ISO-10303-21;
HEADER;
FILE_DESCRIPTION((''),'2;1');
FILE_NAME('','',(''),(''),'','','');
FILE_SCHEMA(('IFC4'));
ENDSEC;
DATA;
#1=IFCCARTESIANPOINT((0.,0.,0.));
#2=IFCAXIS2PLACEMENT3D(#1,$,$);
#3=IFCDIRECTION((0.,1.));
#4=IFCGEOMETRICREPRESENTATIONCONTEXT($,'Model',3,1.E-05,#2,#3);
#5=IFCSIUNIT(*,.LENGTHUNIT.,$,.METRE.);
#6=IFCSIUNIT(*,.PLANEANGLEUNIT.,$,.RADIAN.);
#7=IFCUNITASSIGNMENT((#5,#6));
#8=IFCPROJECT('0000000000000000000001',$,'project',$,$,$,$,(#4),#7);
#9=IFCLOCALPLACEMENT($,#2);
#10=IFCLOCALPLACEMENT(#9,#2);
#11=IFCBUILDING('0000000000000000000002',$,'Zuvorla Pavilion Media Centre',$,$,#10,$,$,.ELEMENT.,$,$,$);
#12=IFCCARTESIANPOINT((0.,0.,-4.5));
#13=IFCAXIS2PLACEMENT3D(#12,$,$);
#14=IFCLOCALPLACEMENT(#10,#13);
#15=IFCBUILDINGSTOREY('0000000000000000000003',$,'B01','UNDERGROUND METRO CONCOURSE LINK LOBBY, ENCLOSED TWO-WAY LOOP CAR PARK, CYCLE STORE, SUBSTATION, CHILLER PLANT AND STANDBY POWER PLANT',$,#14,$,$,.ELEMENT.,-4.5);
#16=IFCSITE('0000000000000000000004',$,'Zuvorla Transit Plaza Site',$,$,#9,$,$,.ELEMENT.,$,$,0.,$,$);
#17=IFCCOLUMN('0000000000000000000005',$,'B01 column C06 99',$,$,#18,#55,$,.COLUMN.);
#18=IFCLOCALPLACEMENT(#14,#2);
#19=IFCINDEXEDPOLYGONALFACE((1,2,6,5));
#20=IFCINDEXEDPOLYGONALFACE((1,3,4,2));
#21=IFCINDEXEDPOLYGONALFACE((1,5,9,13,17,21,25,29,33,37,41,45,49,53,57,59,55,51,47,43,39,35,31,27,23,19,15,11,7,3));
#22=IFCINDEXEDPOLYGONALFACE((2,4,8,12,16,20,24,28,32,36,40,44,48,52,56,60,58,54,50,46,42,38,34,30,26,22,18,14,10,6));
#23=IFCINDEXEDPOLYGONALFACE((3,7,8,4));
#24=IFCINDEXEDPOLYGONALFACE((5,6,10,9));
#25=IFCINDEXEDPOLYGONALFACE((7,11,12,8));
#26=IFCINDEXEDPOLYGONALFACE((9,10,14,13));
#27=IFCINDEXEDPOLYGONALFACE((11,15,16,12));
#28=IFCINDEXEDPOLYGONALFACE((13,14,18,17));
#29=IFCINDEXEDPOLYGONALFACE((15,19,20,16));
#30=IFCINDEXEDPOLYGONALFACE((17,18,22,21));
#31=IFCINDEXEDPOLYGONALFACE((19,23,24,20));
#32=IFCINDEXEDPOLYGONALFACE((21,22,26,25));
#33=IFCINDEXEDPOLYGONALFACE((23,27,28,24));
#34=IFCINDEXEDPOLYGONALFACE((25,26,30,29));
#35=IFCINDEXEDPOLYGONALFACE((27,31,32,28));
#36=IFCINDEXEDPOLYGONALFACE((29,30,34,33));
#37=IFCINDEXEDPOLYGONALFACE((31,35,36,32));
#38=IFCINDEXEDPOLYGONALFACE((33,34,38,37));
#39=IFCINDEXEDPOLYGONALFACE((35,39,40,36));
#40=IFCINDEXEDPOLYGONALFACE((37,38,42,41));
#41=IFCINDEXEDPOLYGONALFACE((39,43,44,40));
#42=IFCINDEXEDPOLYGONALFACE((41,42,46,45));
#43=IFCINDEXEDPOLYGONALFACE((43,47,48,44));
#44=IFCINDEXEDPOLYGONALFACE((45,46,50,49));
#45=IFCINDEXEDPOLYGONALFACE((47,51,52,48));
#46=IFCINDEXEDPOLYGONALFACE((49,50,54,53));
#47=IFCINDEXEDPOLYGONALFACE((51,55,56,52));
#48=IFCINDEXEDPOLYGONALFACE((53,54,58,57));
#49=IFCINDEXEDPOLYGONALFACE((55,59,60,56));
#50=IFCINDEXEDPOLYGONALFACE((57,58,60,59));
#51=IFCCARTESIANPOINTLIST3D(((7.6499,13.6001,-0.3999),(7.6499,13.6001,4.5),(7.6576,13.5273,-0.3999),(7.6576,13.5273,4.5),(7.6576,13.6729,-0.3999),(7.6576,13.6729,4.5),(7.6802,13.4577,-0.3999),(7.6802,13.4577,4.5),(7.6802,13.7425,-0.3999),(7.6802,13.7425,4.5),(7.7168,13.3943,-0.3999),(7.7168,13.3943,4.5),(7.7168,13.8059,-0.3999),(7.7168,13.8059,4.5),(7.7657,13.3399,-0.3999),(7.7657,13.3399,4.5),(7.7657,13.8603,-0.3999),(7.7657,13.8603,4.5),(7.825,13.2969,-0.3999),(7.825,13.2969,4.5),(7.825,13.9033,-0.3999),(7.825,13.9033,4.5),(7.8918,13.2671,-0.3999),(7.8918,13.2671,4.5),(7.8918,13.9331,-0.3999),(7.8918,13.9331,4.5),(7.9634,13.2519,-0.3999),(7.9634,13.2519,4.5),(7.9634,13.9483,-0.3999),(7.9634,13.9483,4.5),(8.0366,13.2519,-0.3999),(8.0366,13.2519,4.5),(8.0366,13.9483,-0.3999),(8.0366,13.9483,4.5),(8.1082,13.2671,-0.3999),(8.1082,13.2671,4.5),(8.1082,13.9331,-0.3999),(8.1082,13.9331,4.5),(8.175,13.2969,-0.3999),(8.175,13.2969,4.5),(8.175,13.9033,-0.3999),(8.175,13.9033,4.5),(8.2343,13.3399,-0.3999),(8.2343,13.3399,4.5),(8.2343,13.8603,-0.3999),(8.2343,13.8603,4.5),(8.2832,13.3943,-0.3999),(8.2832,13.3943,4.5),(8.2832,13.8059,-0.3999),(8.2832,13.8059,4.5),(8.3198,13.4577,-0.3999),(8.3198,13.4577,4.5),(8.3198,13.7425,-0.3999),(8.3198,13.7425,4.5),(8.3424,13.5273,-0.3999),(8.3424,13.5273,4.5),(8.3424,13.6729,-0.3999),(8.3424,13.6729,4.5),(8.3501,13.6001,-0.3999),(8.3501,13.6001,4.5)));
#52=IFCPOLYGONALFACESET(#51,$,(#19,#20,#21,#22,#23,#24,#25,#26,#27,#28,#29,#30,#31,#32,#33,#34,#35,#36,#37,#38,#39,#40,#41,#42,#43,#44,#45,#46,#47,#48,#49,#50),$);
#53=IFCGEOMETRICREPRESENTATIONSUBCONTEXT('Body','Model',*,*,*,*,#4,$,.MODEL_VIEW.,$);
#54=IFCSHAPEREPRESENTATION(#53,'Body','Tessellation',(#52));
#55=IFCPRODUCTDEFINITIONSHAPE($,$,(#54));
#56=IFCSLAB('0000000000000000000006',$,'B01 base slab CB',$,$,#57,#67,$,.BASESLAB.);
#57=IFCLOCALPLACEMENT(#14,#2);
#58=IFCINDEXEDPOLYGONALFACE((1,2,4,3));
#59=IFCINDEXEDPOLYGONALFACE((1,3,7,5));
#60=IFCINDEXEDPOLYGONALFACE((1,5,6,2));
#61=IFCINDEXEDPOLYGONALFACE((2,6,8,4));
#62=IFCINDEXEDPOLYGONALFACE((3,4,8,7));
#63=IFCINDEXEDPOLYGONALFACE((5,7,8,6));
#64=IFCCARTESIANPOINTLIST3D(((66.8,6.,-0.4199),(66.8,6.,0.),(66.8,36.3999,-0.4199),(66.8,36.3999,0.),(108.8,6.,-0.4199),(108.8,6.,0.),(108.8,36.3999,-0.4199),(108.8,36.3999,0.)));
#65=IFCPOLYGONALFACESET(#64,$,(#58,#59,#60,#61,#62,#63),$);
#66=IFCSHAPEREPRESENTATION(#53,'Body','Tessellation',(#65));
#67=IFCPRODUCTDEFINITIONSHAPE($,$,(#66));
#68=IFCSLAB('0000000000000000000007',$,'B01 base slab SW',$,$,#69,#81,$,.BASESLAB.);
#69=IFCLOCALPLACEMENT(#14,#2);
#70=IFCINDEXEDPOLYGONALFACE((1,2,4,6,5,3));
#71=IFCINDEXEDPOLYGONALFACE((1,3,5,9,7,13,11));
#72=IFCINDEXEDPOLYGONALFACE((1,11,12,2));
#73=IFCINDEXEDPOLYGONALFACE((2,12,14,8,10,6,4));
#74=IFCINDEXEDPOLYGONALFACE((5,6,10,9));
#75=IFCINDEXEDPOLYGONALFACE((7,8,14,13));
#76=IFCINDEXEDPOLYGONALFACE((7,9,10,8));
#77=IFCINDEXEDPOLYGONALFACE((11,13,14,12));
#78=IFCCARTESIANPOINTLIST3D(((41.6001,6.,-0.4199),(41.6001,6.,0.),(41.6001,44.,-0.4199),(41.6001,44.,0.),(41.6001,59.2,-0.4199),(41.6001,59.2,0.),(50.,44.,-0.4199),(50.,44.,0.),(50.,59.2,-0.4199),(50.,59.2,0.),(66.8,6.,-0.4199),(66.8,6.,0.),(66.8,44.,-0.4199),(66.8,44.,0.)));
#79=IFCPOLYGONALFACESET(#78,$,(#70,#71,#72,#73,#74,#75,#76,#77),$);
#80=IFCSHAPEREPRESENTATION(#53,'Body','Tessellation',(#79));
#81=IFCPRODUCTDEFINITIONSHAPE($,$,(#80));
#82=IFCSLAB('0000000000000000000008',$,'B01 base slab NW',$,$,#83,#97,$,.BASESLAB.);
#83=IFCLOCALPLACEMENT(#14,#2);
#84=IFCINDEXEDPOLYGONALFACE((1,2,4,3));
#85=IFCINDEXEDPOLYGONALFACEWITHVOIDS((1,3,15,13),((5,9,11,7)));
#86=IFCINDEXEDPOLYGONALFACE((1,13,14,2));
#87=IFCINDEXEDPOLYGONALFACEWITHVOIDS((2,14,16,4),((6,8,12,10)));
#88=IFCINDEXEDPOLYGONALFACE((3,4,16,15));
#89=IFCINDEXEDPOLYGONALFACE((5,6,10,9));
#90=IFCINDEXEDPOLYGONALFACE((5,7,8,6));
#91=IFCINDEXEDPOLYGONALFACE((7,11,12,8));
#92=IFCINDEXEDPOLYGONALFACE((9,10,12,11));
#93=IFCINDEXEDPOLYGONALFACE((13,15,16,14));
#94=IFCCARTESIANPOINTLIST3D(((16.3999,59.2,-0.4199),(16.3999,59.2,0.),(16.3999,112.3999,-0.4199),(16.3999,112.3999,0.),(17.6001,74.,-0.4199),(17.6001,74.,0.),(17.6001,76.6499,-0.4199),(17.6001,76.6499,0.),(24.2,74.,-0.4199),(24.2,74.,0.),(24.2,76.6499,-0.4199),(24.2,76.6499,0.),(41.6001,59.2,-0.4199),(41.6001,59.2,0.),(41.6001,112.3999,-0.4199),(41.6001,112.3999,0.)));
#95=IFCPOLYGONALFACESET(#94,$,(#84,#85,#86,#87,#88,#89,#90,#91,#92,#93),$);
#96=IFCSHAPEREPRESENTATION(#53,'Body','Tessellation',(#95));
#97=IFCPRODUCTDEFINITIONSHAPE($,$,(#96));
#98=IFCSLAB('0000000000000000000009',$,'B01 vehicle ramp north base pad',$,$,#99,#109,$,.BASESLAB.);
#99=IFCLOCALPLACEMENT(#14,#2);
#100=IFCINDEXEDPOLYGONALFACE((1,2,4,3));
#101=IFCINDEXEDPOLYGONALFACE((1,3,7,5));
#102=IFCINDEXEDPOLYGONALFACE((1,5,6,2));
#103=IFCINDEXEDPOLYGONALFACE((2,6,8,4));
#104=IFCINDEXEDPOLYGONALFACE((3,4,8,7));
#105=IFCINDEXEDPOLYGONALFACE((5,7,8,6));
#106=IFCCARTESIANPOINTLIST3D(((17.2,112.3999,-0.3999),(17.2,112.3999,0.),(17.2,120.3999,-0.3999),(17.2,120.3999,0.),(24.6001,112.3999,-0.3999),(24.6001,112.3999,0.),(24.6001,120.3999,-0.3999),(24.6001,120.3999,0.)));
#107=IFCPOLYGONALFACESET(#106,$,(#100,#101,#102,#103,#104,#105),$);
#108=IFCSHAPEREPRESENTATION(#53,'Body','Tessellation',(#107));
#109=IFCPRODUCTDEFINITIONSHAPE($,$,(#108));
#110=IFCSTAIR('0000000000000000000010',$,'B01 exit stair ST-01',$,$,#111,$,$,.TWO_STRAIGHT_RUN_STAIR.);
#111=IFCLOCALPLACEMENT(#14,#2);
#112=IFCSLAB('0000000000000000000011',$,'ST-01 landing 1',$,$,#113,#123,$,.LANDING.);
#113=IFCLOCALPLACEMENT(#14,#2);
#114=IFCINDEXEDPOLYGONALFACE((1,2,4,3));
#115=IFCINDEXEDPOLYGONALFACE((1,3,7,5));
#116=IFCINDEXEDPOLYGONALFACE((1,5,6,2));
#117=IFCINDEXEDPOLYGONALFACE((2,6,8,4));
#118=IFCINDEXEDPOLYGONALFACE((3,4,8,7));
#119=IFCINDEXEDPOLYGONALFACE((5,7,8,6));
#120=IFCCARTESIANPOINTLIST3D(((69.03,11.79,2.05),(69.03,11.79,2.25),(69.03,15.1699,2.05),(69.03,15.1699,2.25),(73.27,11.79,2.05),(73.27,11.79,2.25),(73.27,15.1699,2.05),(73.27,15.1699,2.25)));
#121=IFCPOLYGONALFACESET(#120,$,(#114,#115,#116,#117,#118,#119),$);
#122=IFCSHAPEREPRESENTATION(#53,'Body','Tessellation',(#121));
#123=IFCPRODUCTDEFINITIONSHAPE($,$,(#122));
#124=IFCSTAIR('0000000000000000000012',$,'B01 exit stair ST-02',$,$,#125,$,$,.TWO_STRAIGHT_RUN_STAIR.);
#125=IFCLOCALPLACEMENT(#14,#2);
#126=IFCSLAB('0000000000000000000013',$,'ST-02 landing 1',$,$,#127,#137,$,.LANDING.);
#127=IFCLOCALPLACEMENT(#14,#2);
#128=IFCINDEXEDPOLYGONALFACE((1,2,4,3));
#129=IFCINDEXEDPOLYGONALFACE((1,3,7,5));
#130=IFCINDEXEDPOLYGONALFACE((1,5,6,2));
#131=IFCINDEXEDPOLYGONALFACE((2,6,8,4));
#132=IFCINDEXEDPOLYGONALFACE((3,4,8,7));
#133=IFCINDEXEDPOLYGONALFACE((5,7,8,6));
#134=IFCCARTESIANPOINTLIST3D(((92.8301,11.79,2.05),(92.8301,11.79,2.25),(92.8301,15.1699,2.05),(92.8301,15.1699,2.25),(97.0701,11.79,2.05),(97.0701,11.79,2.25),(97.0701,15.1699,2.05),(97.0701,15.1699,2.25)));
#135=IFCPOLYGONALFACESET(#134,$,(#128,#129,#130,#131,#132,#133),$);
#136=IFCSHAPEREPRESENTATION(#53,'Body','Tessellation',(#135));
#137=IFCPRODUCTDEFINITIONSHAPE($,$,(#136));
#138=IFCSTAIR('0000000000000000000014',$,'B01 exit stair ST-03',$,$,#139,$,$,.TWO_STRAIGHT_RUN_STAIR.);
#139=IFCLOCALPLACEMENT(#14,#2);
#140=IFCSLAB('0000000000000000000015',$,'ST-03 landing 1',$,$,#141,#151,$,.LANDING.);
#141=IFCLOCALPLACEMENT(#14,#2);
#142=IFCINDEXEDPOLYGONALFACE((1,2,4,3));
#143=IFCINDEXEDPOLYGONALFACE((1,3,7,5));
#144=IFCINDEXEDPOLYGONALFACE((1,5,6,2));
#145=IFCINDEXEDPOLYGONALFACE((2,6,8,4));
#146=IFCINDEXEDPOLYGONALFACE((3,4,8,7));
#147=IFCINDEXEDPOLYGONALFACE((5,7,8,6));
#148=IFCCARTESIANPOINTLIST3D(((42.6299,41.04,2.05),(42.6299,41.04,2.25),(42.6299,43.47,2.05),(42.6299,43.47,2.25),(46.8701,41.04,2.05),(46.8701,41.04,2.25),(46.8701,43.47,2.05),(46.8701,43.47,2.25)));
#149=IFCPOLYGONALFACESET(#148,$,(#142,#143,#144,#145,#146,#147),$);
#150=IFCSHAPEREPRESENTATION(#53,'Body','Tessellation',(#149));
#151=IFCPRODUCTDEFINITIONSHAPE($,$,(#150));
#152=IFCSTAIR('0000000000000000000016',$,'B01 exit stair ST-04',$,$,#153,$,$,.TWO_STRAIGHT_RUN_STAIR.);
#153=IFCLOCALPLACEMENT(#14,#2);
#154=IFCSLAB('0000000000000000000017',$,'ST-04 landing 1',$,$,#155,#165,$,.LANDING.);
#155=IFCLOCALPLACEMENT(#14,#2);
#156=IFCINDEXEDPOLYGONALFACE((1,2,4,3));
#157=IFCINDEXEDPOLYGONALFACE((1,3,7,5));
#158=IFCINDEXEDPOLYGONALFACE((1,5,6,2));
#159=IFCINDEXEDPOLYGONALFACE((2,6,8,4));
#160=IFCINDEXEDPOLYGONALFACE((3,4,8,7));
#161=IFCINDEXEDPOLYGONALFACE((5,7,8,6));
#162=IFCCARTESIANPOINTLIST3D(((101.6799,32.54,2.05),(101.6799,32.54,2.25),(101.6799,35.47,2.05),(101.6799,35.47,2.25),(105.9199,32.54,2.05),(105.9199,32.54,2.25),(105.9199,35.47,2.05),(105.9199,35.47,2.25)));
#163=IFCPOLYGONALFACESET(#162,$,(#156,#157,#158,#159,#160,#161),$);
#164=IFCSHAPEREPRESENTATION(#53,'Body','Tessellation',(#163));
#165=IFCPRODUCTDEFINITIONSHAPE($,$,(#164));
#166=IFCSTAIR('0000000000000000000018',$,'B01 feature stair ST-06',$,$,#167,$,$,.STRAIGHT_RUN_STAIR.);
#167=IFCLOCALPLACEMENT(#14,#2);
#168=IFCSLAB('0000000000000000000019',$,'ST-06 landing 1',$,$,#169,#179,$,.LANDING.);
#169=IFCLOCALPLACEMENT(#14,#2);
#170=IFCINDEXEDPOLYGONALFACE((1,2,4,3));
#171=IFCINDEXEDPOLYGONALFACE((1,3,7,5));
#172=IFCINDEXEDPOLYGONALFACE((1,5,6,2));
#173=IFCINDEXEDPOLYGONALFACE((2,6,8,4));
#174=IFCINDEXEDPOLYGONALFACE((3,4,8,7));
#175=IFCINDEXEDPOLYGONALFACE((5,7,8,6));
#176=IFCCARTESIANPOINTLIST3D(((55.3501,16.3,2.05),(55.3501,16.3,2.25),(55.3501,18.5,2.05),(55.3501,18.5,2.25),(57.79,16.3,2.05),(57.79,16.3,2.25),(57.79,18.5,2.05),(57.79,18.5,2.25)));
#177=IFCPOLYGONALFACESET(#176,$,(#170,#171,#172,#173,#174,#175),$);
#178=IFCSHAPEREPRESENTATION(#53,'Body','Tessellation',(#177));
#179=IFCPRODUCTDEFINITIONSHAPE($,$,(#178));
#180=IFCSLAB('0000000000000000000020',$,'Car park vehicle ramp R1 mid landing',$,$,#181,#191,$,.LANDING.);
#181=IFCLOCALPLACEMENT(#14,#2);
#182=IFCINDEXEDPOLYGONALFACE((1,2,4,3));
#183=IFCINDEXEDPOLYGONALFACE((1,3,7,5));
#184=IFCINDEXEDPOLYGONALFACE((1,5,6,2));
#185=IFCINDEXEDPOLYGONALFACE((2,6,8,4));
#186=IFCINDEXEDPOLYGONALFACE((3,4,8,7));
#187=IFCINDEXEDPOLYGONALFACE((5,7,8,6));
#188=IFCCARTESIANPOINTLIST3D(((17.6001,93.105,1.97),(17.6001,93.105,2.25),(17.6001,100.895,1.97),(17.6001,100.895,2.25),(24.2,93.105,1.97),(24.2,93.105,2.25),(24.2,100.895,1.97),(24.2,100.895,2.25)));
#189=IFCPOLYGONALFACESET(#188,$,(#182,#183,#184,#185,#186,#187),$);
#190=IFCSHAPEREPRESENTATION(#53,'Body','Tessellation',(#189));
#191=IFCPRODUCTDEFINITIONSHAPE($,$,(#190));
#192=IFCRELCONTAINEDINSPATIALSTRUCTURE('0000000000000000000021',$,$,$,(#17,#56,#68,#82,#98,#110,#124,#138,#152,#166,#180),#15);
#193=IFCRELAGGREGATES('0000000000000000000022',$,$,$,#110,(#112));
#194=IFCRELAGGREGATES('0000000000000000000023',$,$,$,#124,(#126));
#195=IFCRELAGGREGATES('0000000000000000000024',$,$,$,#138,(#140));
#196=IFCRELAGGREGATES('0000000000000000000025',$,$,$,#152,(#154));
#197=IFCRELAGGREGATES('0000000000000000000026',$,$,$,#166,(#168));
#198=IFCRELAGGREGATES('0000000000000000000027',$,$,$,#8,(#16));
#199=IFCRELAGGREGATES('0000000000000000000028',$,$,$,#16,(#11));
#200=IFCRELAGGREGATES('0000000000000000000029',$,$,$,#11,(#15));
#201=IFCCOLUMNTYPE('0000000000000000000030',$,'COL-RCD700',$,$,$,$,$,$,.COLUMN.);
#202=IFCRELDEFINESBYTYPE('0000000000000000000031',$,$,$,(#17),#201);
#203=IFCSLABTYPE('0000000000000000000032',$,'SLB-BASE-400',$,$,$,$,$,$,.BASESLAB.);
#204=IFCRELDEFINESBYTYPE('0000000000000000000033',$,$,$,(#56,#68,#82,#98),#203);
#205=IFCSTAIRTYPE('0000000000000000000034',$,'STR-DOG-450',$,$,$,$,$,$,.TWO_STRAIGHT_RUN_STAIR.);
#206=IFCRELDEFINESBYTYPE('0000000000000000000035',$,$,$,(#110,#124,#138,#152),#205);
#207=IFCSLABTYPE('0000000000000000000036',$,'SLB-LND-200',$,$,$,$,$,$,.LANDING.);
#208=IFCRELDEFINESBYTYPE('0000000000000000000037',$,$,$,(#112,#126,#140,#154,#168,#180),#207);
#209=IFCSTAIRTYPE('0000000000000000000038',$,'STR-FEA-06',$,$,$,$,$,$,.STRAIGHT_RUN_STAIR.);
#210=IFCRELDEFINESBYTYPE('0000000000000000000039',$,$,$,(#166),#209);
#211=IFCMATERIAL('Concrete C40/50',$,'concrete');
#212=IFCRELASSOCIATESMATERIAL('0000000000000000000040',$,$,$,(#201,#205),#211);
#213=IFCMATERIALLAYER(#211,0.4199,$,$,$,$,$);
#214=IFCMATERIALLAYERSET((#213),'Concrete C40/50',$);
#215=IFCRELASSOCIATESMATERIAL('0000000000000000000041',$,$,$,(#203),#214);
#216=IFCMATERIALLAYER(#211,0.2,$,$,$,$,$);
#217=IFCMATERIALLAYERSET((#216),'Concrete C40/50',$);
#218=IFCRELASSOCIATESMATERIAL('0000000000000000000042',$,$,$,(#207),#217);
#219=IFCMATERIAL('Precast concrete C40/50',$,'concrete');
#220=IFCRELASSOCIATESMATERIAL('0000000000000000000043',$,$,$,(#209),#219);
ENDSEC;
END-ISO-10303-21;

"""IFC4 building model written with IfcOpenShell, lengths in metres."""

from ifc_helpers import new_model, si_unit, direction, frame, origin, origin_2d, place, context, subcontext, project, spatial, polyline, circle, outline, extrude, material, layer, layer_set, material_profile, profile_set, type_object, element, aggregate, save


model = new_model("IFC4")

# Units and contexts
model_context = context("Model", 3, precision=1e-05, world=origin(), true_north=direction((0.0, 1.0)))
body_context = subcontext(model_context, "Body", "Model", "MODEL_VIEW")
ifc_project = project(units=[si_unit("LENGTHUNIT", "METRE"), si_unit("PLANEANGLEUNIT", "RADIAN")], contexts=[model_context])

# Site, building, storey
site_placement = place(None, origin())
site = spatial("IfcSite", under=ifc_project, at=site_placement, Name="Zuvorla Transit Plaza Site", CompositionType="ELEMENT", RefElevation=0.0)
building_placement = place(site_placement, origin())
building = spatial("IfcBuilding", under=site, at=building_placement, Name="Zuvorla Pavilion Media Centre", CompositionType="ELEMENT")
storey_placement = place(building_placement, frame((0.0, 0.0, -4.5)))
storey = spatial("IfcBuildingStorey", under=building, at=storey_placement, Name="B01", Description="UNDERGROUND METRO CONCOURSE LINK LOBBY, ENCLOSED TWO-WAY LOOP CAR PARK, CYCLE STORE, SUBSTATION, CHILLER PLANT AND STANDBY POWER PLANT", CompositionType="ELEMENT", Elevation=-4.5)

# Shared definitions
ifc_material_1 = material(Name="Concrete C40/50", Category="concrete")

# Column
ifc_material_profile_1 = material_profile(ifc_material_1, circle(Radius=0.3501, at=origin_2d()), Name="RC D700")
ifc_profile_set_1 = profile_set([ifc_material_profile_1], Name="Concrete C40/50")
column_type_1 = type_object("IfcColumnType", Name="COL-RCD700", PredefinedType="COLUMN", material=ifc_profile_set_1)
for number, where, z_axis, x_axis, name in (
    (1, (8.0, 13.6001, -0.3999), (0.0, 0.0, 1.0), (1.0, 0.0, 0.0), "B01 column C06 99"),
):
    element("IfcColumn", number, at=place(storey_placement, frame(where, z_axis=z_axis, x_axis=x_axis)), inside=storey, type_object=column_type_1, Name=name, PredefinedType="COLUMN", context=body_context, shape_type="SweptSolid", body=[
        extrude(circle(Radius=0.3501, at=origin_2d()), origin(), (0.0, 0.0, 1.0), 4.8999),
    ])

# Slabs
ifc_layer_1 = layer(ifc_material_1, 0.4199)
ifc_layer_set_1 = layer_set([ifc_layer_1], Name="Concrete C40/50")
slab_type_1 = type_object("IfcSlabType", Name="SLB-BASE-400", PredefinedType="BASESLAB", material=ifc_layer_set_1)
slab_1_placement = place(storey_placement, frame((0.0, 0.0, -0.4199)))
element("IfcSlab", 2, at=slab_1_placement, inside=storey, type_object=slab_type_1, Name="B01 base slab CB", PredefinedType="BASESLAB", context=body_context, shape_type="SweptSolid", body=[
    extrude(outline(polyline([(108.8, 6.0), (108.8, 36.3999), (66.8, 36.3999), (66.8, 6.0), (108.8, 6.0)])), origin(), (0.0, 0.0, 1.0), 0.4199),
])
slab_2_placement = place(storey_placement, frame((0.0, 0.0, -0.4199)))
element("IfcSlab", 3, at=slab_2_placement, inside=storey, type_object=slab_type_1, Name="B01 base slab SW", PredefinedType="BASESLAB", context=body_context, shape_type="SweptSolid", body=[
    extrude(outline(polyline([(66.8, 44.0), (66.8, 6.0), (41.6001, 6.0), (41.6001, 44.0), (41.6001, 59.2), (50.0, 59.2), (50.0, 44.0), (66.8, 44.0)])), origin(), (0.0, 0.0, 1.0), 0.4199),
])
slab_3_placement = place(storey_placement, frame((0.0, 0.0, -0.4199)))
element("IfcSlab", 4, at=slab_3_placement, inside=storey, type_object=slab_type_1, Name="B01 base slab NW", PredefinedType="BASESLAB", context=body_context, shape_type="SweptSolid", body=[
    extrude(outline(polyline([(16.3999, 59.2), (16.3999, 112.3999), (41.6001, 112.3999), (41.6001, 59.2), (16.3999, 59.2)]), holes=[polyline([(24.2, 76.6499), (17.6001, 76.6499), (17.6001, 74.0), (24.2, 74.0), (24.2, 76.6499)])]), origin(), (0.0, 0.0, 1.0), 0.4199),
])
slab_4_placement = place(storey_placement, frame((0.0, 0.0, -0.3999)))
element("IfcSlab", 5, at=slab_4_placement, inside=storey, type_object=slab_type_1, Name="B01 vehicle ramp north base pad", PredefinedType="BASESLAB", context=body_context, shape_type="SweptSolid", body=[
    extrude(outline(polyline([(17.2, 112.3999), (24.6001, 112.3999), (24.6001, 120.3999), (17.2, 120.3999), (17.2, 112.3999)])), origin(), (0.0, 0.0, 1.0), 0.3999),
])

# Stairs, slabs
stair_type_1 = type_object("IfcStairType", Name="STR-DOG-450", PredefinedType="TWO_STRAIGHT_RUN_STAIR", material=ifc_material_1)
stair_1_placement = place(storey_placement, origin())
stair_1 = element("IfcStair", 6, at=stair_1_placement, inside=storey, type_object=stair_type_1, Name="B01 exit stair ST-01", PredefinedType="TWO_STRAIGHT_RUN_STAIR")
ifc_layer_2 = layer(ifc_material_1, 0.2)
ifc_layer_set_2 = layer_set([ifc_layer_2], Name="Concrete C40/50")
slab_type_2 = type_object("IfcSlabType", Name="SLB-LND-200", PredefinedType="LANDING", material=ifc_layer_set_2)
slab_5_placement = place(storey_placement, frame((0.0, 0.0, 2.05)))
slab_5 = element("IfcSlab", 7, at=slab_5_placement, type_object=slab_type_2, Name="ST-01 landing 1", PredefinedType="LANDING", context=body_context, shape_type="SweptSolid", body=[
    extrude(outline(polyline([(69.03, 11.79), (73.27, 11.79), (73.27, 15.1699), (69.03, 15.1699), (69.03, 11.79)])), origin(), (0.0, 0.0, 1.0), 0.2),
])
aggregate(stair_1, [slab_5])
stair_2_placement = place(storey_placement, origin())
stair_2 = element("IfcStair", 8, at=stair_2_placement, inside=storey, type_object=stair_type_1, Name="B01 exit stair ST-02", PredefinedType="TWO_STRAIGHT_RUN_STAIR")
slab_6_placement = place(storey_placement, frame((0.0, 0.0, 2.05)))
slab_6 = element("IfcSlab", 9, at=slab_6_placement, type_object=slab_type_2, Name="ST-02 landing 1", PredefinedType="LANDING", context=body_context, shape_type="SweptSolid", body=[
    extrude(outline(polyline([(92.8301, 11.79), (97.0701, 11.79), (97.0701, 15.1699), (92.8301, 15.1699), (92.8301, 11.79)])), origin(), (0.0, 0.0, 1.0), 0.2),
])
aggregate(stair_2, [slab_6])
stair_3_placement = place(storey_placement, origin())
stair_3 = element("IfcStair", 10, at=stair_3_placement, inside=storey, type_object=stair_type_1, Name="B01 exit stair ST-03", PredefinedType="TWO_STRAIGHT_RUN_STAIR")
slab_7_placement = place(storey_placement, frame((0.0, 0.0, 2.05)))
slab_7 = element("IfcSlab", 11, at=slab_7_placement, type_object=slab_type_2, Name="ST-03 landing 1", PredefinedType="LANDING", context=body_context, shape_type="SweptSolid", body=[
    extrude(outline(polyline([(42.6299, 41.04), (46.8701, 41.04), (46.8701, 43.47), (42.6299, 43.47), (42.6299, 41.04)])), origin(), (0.0, 0.0, 1.0), 0.2),
])
aggregate(stair_3, [slab_7])
stair_4_placement = place(storey_placement, origin())
stair_4 = element("IfcStair", 12, at=stair_4_placement, inside=storey, type_object=stair_type_1, Name="B01 exit stair ST-04", PredefinedType="TWO_STRAIGHT_RUN_STAIR")
slab_8_placement = place(storey_placement, frame((0.0, 0.0, 2.05)))
slab_8 = element("IfcSlab", 13, at=slab_8_placement, type_object=slab_type_2, Name="ST-04 landing 1", PredefinedType="LANDING", context=body_context, shape_type="SweptSolid", body=[
    extrude(outline(polyline([(101.6799, 32.54), (105.9199, 32.54), (105.9199, 35.47), (101.6799, 35.47), (101.6799, 32.54)])), origin(), (0.0, 0.0, 1.0), 0.2),
])
aggregate(stair_4, [slab_8])
ifc_material_2 = material(Name="Precast concrete C40/50", Category="concrete")
stair_type_2 = type_object("IfcStairType", Name="STR-FEA-06", PredefinedType="STRAIGHT_RUN_STAIR", material=ifc_material_2)
stair_5_placement = place(storey_placement, origin())
stair_5 = element("IfcStair", 14, at=stair_5_placement, inside=storey, type_object=stair_type_2, Name="B01 feature stair ST-06", PredefinedType="STRAIGHT_RUN_STAIR")
slab_9_placement = place(storey_placement, frame((0.0, 0.0, 2.05)))
slab_9 = element("IfcSlab", 15, at=slab_9_placement, type_object=slab_type_2, Name="ST-06 landing 1", PredefinedType="LANDING", context=body_context, shape_type="SweptSolid", body=[
    extrude(outline(polyline([(55.3501, 16.3), (57.79, 16.3), (57.79, 18.5), (55.3501, 18.5), (55.3501, 16.3)])), origin(), (0.0, 0.0, 1.0), 0.2),
])
aggregate(stair_5, [slab_9])

# Slab
slab_10_placement = place(storey_placement, frame((0.0, 0.0, 1.97)))
element("IfcSlab", 16, at=slab_10_placement, inside=storey, type_object=slab_type_2, Name="Car park vehicle ramp R1 mid landing", PredefinedType="LANDING", context=body_context, shape_type="SweptSolid", body=[
    extrude(outline(polyline([(17.6001, 93.105), (24.2, 93.105), (24.2, 100.895), (17.6001, 100.895), (17.6001, 93.105)])), origin(), (0.0, 0.0, 1.0), 0.28),
])

save(model, "model.ifc")
